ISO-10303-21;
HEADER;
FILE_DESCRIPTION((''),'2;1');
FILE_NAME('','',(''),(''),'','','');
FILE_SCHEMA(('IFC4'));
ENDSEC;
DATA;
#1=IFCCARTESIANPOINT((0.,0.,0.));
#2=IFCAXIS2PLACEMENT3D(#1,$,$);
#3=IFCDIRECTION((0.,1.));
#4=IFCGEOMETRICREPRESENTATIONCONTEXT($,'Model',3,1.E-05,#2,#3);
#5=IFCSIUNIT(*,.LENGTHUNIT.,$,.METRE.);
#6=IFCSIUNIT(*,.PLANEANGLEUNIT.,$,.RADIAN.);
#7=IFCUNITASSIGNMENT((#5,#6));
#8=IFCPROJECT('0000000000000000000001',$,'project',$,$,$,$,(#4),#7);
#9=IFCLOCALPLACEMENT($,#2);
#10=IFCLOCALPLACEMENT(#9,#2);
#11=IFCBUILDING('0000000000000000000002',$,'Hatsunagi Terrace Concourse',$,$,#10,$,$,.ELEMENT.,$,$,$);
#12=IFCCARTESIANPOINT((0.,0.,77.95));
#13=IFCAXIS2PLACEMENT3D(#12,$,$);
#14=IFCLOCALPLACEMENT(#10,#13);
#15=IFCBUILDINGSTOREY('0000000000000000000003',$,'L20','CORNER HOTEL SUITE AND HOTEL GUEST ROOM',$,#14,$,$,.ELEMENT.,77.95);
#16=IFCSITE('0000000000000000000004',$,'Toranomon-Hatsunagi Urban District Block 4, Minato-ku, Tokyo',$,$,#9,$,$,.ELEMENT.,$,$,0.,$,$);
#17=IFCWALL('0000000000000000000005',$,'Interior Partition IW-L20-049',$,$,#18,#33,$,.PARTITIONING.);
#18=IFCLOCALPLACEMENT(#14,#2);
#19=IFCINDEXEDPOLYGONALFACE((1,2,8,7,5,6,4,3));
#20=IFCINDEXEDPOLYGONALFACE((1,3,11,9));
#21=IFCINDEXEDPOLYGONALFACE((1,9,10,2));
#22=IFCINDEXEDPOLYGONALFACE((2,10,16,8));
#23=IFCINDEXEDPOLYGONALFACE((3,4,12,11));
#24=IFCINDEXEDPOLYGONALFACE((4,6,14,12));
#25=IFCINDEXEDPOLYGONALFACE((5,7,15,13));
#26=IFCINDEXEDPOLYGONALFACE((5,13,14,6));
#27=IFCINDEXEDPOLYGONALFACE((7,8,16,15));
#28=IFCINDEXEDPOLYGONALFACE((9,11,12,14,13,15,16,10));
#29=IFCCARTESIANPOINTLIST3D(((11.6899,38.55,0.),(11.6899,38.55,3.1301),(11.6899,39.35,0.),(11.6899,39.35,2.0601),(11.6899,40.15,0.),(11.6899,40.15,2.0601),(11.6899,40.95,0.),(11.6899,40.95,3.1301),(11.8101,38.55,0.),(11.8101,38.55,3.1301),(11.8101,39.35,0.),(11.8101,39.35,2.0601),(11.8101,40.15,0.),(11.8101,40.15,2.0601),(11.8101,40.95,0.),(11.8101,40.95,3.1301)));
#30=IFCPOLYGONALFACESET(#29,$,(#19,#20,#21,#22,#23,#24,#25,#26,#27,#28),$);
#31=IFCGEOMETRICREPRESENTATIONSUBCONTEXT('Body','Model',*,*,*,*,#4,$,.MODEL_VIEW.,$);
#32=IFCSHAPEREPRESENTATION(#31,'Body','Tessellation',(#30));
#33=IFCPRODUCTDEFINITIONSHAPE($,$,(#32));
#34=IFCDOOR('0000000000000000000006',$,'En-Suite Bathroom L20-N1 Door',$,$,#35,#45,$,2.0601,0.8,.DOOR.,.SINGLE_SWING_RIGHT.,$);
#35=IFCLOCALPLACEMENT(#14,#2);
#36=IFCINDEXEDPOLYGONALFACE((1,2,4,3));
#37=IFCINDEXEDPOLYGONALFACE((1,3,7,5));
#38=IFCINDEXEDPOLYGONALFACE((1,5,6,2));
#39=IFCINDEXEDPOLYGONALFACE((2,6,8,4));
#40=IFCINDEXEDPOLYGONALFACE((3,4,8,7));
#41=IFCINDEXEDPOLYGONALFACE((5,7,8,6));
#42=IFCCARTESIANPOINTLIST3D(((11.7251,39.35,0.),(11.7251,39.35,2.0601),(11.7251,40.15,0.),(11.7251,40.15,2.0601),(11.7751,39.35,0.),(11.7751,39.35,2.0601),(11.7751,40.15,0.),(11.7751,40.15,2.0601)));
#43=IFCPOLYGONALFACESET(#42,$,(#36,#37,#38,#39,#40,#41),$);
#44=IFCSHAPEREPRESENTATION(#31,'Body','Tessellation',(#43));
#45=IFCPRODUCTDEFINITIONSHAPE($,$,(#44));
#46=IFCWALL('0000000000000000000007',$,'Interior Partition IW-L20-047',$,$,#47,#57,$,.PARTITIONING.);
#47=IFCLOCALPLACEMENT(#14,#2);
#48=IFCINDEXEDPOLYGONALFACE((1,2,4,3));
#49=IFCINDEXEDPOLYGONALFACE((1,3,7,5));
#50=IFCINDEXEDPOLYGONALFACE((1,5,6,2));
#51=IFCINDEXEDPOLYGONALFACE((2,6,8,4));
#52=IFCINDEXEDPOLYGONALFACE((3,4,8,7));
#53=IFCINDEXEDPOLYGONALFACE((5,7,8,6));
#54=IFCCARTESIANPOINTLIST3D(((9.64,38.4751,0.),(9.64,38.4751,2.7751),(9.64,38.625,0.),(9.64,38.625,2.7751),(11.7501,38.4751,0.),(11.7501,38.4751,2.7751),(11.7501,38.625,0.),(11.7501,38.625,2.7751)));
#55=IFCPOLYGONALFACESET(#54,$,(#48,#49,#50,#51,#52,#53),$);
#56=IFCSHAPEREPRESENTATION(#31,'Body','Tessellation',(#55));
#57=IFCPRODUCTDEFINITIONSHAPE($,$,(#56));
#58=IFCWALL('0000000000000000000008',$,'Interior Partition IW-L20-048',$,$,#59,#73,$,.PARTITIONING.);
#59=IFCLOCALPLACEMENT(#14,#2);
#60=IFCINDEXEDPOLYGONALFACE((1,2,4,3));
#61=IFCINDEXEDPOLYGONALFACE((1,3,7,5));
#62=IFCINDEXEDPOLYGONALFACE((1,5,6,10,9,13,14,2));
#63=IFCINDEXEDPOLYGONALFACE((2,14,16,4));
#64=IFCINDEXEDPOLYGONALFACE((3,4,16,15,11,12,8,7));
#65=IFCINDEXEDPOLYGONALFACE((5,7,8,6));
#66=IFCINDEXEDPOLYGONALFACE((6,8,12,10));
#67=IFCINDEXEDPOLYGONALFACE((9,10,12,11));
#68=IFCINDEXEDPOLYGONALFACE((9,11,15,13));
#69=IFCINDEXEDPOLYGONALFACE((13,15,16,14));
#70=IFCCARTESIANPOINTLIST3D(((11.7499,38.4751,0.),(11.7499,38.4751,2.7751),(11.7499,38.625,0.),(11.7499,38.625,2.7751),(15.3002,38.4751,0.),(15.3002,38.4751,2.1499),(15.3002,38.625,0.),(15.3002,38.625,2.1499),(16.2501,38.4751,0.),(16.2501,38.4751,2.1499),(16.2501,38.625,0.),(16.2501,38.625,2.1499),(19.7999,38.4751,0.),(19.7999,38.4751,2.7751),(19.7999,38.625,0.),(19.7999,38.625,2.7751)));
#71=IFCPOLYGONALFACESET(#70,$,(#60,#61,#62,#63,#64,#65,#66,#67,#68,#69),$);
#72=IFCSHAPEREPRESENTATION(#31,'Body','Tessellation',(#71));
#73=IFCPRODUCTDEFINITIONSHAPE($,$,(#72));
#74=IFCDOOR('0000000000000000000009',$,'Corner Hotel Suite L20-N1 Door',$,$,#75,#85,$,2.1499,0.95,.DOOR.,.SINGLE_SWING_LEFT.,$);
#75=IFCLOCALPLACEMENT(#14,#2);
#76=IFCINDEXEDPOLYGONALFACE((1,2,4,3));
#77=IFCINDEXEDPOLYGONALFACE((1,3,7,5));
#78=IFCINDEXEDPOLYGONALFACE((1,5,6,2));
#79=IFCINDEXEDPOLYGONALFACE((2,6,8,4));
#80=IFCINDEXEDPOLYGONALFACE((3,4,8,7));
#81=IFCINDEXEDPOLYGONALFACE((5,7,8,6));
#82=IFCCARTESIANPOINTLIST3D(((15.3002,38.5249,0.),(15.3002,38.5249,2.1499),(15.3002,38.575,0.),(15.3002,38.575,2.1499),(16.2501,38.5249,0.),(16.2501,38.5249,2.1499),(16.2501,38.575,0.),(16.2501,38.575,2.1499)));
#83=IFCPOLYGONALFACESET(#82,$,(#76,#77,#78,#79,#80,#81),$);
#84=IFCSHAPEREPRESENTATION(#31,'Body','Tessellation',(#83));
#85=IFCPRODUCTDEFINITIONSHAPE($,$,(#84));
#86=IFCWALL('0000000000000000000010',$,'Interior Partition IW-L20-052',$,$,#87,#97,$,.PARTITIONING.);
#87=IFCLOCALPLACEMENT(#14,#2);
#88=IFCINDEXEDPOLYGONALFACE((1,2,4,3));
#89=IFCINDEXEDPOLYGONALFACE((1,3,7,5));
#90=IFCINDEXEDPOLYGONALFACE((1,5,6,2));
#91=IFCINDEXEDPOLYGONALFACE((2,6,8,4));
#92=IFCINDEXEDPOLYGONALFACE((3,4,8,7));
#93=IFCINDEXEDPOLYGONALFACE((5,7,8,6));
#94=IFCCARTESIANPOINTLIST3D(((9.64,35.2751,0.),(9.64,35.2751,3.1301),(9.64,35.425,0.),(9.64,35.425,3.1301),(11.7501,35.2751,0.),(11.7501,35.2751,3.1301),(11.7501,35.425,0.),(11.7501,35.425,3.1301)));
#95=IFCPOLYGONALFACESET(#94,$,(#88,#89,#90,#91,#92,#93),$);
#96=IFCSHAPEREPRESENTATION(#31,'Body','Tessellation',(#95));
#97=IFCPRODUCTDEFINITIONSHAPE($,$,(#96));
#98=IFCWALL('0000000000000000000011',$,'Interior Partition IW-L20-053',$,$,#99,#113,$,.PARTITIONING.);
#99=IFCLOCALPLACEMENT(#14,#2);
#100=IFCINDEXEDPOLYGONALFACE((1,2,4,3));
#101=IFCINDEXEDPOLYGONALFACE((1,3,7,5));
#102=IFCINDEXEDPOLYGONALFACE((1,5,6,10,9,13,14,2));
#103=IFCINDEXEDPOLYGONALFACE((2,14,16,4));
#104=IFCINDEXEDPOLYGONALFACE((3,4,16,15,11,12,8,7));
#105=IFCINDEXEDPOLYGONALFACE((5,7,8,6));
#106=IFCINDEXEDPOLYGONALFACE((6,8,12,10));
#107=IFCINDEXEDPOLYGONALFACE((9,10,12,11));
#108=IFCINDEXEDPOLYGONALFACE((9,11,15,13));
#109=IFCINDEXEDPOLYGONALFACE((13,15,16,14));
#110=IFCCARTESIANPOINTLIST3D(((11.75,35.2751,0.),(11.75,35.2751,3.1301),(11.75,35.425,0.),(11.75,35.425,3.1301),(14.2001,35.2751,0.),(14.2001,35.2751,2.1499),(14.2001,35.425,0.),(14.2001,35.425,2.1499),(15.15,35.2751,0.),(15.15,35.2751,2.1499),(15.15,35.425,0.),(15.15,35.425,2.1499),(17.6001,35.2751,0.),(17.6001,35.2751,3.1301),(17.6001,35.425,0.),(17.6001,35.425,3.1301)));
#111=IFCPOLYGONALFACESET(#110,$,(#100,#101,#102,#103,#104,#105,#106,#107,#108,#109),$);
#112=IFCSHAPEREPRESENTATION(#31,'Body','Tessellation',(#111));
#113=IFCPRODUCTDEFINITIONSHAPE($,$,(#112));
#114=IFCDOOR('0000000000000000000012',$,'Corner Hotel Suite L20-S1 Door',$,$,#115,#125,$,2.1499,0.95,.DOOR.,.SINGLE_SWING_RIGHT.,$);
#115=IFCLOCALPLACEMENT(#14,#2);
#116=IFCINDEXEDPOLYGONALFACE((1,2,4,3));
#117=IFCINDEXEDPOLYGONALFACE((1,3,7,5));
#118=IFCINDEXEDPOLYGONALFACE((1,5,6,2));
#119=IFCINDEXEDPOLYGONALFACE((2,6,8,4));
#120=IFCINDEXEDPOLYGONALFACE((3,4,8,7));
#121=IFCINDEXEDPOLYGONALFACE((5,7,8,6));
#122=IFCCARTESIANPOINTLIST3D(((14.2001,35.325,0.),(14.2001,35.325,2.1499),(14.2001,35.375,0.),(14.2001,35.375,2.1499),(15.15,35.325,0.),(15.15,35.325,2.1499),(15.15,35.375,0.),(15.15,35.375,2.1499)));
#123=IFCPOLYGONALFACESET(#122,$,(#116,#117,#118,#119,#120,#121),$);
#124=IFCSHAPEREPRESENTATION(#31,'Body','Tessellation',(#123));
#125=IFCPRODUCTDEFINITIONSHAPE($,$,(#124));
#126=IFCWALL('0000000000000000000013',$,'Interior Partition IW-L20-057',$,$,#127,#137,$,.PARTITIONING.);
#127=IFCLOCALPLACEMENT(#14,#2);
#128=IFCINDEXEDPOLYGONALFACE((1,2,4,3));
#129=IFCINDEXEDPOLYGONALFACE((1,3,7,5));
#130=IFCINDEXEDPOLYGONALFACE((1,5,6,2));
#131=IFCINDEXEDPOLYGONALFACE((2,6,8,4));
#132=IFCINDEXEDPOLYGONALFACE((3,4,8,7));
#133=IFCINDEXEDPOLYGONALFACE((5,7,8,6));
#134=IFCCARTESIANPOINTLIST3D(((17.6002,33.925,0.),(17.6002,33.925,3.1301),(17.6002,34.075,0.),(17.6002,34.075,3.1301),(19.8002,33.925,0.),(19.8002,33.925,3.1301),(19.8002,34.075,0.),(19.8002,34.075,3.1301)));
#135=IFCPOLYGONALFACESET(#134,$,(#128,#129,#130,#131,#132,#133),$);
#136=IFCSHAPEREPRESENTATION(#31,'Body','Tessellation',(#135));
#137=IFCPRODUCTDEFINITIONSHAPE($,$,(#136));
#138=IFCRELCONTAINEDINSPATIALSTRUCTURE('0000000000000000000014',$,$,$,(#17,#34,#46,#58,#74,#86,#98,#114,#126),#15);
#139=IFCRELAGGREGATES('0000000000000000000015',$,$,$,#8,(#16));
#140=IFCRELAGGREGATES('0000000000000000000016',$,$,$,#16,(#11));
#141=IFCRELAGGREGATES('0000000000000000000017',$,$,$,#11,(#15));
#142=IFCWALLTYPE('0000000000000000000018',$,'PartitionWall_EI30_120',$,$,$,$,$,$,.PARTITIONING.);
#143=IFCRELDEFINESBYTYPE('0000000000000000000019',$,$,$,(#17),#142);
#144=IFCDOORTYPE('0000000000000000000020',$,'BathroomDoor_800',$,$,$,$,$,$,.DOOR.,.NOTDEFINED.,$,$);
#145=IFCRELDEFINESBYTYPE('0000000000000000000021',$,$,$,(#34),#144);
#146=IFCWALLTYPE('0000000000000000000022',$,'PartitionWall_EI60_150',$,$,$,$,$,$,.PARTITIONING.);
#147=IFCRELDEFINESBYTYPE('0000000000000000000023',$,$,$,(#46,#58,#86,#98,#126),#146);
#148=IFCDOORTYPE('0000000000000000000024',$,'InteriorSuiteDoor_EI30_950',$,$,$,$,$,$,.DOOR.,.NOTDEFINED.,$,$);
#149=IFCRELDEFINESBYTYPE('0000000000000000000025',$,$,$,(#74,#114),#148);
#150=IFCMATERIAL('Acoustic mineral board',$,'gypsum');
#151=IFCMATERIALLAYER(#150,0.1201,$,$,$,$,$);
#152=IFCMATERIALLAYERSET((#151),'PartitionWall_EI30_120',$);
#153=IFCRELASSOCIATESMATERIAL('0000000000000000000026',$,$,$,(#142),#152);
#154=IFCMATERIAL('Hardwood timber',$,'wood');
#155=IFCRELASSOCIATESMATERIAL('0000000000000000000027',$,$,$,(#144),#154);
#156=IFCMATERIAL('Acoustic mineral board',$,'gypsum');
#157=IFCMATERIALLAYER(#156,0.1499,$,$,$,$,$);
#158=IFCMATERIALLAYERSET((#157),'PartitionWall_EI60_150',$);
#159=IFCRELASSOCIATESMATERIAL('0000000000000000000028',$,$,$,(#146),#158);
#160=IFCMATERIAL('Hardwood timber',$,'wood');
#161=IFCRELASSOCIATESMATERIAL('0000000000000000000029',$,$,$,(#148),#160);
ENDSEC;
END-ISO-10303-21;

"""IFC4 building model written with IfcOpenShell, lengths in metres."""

from ifc_helpers import new_model, si_unit, direction, frame, frame_2d, origin, place, context, subcontext, project, spatial, rectangle, extrude, material, layer, layer_set, type_object, element, fill, save


model = new_model("IFC4")

# Units and contexts
model_context = context("Model", 3, precision=1e-05, world=origin(), true_north=direction((0.0, 1.0)))
body_context = subcontext(model_context, "Body", "Model", "MODEL_VIEW")
ifc_project = project(units=[si_unit("LENGTHUNIT", "METRE"), si_unit("PLANEANGLEUNIT", "RADIAN")], contexts=[model_context])

# Site, building, storey
site_placement = place(None, origin())
site = spatial("IfcSite", under=ifc_project, at=site_placement, Name="Toranomon-Hatsunagi Urban District Block 4, Minato-ku, Tokyo", CompositionType="ELEMENT", RefElevation=0.0)
building_placement = place(site_placement, origin())
building = spatial("IfcBuilding", under=site, at=building_placement, Name="Hatsunagi Terrace Concourse", CompositionType="ELEMENT")
storey_placement = place(building_placement, frame((0.0, 0.0, 77.95)))
storey = spatial("IfcBuildingStorey", under=building, at=storey_placement, Name="L20", Description="CORNER HOTEL SUITE AND HOTEL GUEST ROOM", CompositionType="ELEMENT", Elevation=77.95)

# Wall, opening, door
ifc_material_1 = material(Name="Acoustic mineral board", Category="gypsum")
ifc_layer_1 = layer(ifc_material_1, 0.1201)
ifc_layer_set_1 = layer_set([ifc_layer_1], Name="PartitionWall_EI30_120")
wall_type_1 = type_object("IfcWallType", Name="PartitionWall_EI30_120", PredefinedType="PARTITIONING", material=ifc_layer_set_1)
wall_1_placement = place(storey_placement, frame((11.75, 38.55, 0.0), z_axis=(0.0, 0.0, 1.0), x_axis=(0.0, 1.0, 0.0)))
wall_1 = element("IfcWall", 1, at=wall_1_placement, inside=storey, type_object=wall_type_1, Name="Interior Partition IW-L20-049", PredefinedType="PARTITIONING", context=body_context, shape_type="SweptSolid", body=[
    extrude(rectangle(XDim=2.3999, YDim=0.1201, at=frame_2d((1.2, 0.0))), origin(), (0.0, 0.0, 1.0), 3.1301),
])
opening_1_placement = place(wall_1_placement, frame((0.8, 0.0, 0.0)))
opening_1 = element("IfcOpeningElement", 2, at=opening_1_placement, cuts=wall_1, PredefinedType="OPENING", context=body_context, shape_type="SweptSolid", body=[
    extrude(rectangle(XDim=0.8, YDim=2.0601, at=frame_2d((0.3999, 1.03))), frame((0.0, 0.0701, 0.0), z_axis=(0.0, -1.0, 0.0), x_axis=(1.0, 0.0, 0.0)), (0.0, 0.0, 1.0), 0.1401),
])
ifc_material_2 = material(Name="Hardwood timber", Category="wood")
door_type_1 = type_object("IfcDoorType", Name="BathroomDoor_800", OperationType="NOTDEFINED", PredefinedType="DOOR", material=ifc_material_2)
door_1_placement = place(opening_1_placement, origin())
door_1 = element("IfcDoor", 3, at=door_1_placement, inside=storey, type_object=door_type_1, Name="En-Suite Bathroom L20-N1 Door", OperationType="SINGLE_SWING_RIGHT", OverallHeight=2.0601, OverallWidth=0.8, PredefinedType="DOOR", context=body_context, shape_type="SweptSolid", body=[
    extrude(rectangle(XDim=0.8, YDim=2.0601, at=frame_2d((0.3999, 1.03))), frame((0.0, 0.0249, 0.0), z_axis=(0.0, -1.0, 0.0), x_axis=(1.0, 0.0, 0.0)), (0.0, 0.0, 1.0), 0.05),
])
fill(opening_1, door_1)

# Wall
ifc_material_3 = material(Name="Acoustic mineral board", Category="gypsum")
ifc_layer_2 = layer(ifc_material_3, 0.1499)
ifc_layer_set_2 = layer_set([ifc_layer_2], Name="PartitionWall_EI60_150")
wall_type_2 = type_object("IfcWallType", Name="PartitionWall_EI60_150", PredefinedType="PARTITIONING", material=ifc_layer_set_2)
wall_2_placement = place(storey_placement, frame((9.6399, 38.55, 0.0), z_axis=(0.0, 0.0, 1.0), x_axis=(1.0, 0.0, 0.0)))
element("IfcWall", 4, at=wall_2_placement, inside=storey, type_object=wall_type_2, Name="Interior Partition IW-L20-047", PredefinedType="PARTITIONING", context=body_context, shape_type="SweptSolid", body=[
    extrude(rectangle(XDim=2.1101, YDim=0.1499, at=frame_2d((1.0552, 0.0))), origin(), (0.0, 0.0, 1.0), 2.7751),
])

# Wall, opening, door
wall_3_placement = place(storey_placement, frame((11.75, 38.55, 0.0), z_axis=(0.0, 0.0, 1.0), x_axis=(1.0, 0.0, 0.0)))
wall_3 = element("IfcWall", 5, at=wall_3_placement, inside=storey, type_object=wall_type_2, Name="Interior Partition IW-L20-048", PredefinedType="PARTITIONING", context=body_context, shape_type="SweptSolid", body=[
    extrude(rectangle(XDim=8.05, YDim=0.1499, at=frame_2d((4.0249, 0.0))), origin(), (0.0, 0.0, 1.0), 2.7751),
])
opening_2_placement = place(wall_3_placement, frame((3.55, 0.0, 0.0)))
opening_2 = element("IfcOpeningElement", 6, at=opening_2_placement, cuts=wall_3, PredefinedType="OPENING", context=body_context, shape_type="SweptSolid", body=[
    extrude(rectangle(XDim=0.95, YDim=2.1499, at=frame_2d((0.4751, 1.075))), frame((0.0, 0.085, 0.0), z_axis=(0.0, -1.0, 0.0), x_axis=(1.0, 0.0, 0.0)), (0.0, 0.0, 1.0), 0.1699),
])
ifc_material_4 = material(Name="Hardwood timber", Category="wood")
door_type_2 = type_object("IfcDoorType", Name="InteriorSuiteDoor_EI30_950", OperationType="NOTDEFINED", PredefinedType="DOOR", material=ifc_material_4)
door_2_placement = place(opening_2_placement, origin())
door_2 = element("IfcDoor", 7, at=door_2_placement, inside=storey, type_object=door_type_2, Name="Corner Hotel Suite L20-N1 Door", OperationType="SINGLE_SWING_LEFT", OverallHeight=2.1499, OverallWidth=0.95, PredefinedType="DOOR", context=body_context, shape_type="SweptSolid", body=[
    extrude(rectangle(XDim=0.95, YDim=2.1499, at=frame_2d((0.4751, 1.075))), frame((0.0, 0.0249, 0.0), z_axis=(0.0, -1.0, 0.0), x_axis=(1.0, 0.0, 0.0)), (0.0, 0.0, 1.0), 0.05),
])
fill(opening_2, door_2)

# Wall
wall_4_placement = place(storey_placement, frame((9.6399, 35.3501, 0.0), z_axis=(0.0, 0.0, 1.0), x_axis=(1.0, 0.0, 0.0)))
element("IfcWall", 8, at=wall_4_placement, inside=storey, type_object=wall_type_2, Name="Interior Partition IW-L20-052", PredefinedType="PARTITIONING", context=body_context, shape_type="SweptSolid", body=[
    extrude(rectangle(XDim=2.1101, YDim=0.1499, at=frame_2d((1.0552, 0.0))), origin(), (0.0, 0.0, 1.0), 3.1301),
])

# Wall, opening, door
wall_5_placement = place(storey_placement, frame((11.75, 35.3501, 0.0), z_axis=(0.0, 0.0, 1.0), x_axis=(1.0, 0.0, 0.0)))
wall_5 = element("IfcWall", 9, at=wall_5_placement, inside=storey, type_object=wall_type_2, Name="Interior Partition IW-L20-053", PredefinedType="PARTITIONING", context=body_context, shape_type="SweptSolid", body=[
    extrude(rectangle(XDim=5.8501, YDim=0.1499, at=frame_2d((2.925, 0.0))), origin(), (0.0, 0.0, 1.0), 3.1301),
])
opening_3_placement = place(wall_5_placement, frame((2.45, 0.0, 0.0)))
opening_3 = element("IfcOpeningElement", 10, at=opening_3_placement, cuts=wall_5, PredefinedType="OPENING", context=body_context, shape_type="SweptSolid", body=[
    extrude(rectangle(XDim=0.95, YDim=2.1499, at=frame_2d((0.4751, 1.075))), frame((0.0, 0.085, 0.0), z_axis=(0.0, -1.0, 0.0), x_axis=(1.0, 0.0, 0.0)), (0.0, 0.0, 1.0), 0.1699),
])
door_3_placement = place(opening_3_placement, origin())
door_3 = element("IfcDoor", 11, at=door_3_placement, inside=storey, type_object=door_type_2, Name="Corner Hotel Suite L20-S1 Door", OperationType="SINGLE_SWING_RIGHT", OverallHeight=2.1499, OverallWidth=0.95, PredefinedType="DOOR", context=body_context, shape_type="SweptSolid", body=[
    extrude(rectangle(XDim=0.95, YDim=2.1499, at=frame_2d((0.4751, 1.075))), frame((0.0, 0.0249, 0.0), z_axis=(0.0, -1.0, 0.0), x_axis=(1.0, 0.0, 0.0)), (0.0, 0.0, 1.0), 0.05),
])
fill(opening_3, door_3)

# Wall
wall_6_placement = place(storey_placement, frame((17.6001, 34.0, 0.0), z_axis=(0.0, 0.0, 1.0), x_axis=(1.0, 0.0, 0.0)))
element("IfcWall", 12, at=wall_6_placement, inside=storey, type_object=wall_type_2, Name="Interior Partition IW-L20-057", PredefinedType="PARTITIONING", context=body_context, shape_type="SweptSolid", body=[
    extrude(rectangle(XDim=2.2, YDim=0.1499, at=frame_2d((1.1001, 0.0))), origin(), (0.0, 0.0, 1.0), 3.1301),
])

save(model, "model.ifc")
